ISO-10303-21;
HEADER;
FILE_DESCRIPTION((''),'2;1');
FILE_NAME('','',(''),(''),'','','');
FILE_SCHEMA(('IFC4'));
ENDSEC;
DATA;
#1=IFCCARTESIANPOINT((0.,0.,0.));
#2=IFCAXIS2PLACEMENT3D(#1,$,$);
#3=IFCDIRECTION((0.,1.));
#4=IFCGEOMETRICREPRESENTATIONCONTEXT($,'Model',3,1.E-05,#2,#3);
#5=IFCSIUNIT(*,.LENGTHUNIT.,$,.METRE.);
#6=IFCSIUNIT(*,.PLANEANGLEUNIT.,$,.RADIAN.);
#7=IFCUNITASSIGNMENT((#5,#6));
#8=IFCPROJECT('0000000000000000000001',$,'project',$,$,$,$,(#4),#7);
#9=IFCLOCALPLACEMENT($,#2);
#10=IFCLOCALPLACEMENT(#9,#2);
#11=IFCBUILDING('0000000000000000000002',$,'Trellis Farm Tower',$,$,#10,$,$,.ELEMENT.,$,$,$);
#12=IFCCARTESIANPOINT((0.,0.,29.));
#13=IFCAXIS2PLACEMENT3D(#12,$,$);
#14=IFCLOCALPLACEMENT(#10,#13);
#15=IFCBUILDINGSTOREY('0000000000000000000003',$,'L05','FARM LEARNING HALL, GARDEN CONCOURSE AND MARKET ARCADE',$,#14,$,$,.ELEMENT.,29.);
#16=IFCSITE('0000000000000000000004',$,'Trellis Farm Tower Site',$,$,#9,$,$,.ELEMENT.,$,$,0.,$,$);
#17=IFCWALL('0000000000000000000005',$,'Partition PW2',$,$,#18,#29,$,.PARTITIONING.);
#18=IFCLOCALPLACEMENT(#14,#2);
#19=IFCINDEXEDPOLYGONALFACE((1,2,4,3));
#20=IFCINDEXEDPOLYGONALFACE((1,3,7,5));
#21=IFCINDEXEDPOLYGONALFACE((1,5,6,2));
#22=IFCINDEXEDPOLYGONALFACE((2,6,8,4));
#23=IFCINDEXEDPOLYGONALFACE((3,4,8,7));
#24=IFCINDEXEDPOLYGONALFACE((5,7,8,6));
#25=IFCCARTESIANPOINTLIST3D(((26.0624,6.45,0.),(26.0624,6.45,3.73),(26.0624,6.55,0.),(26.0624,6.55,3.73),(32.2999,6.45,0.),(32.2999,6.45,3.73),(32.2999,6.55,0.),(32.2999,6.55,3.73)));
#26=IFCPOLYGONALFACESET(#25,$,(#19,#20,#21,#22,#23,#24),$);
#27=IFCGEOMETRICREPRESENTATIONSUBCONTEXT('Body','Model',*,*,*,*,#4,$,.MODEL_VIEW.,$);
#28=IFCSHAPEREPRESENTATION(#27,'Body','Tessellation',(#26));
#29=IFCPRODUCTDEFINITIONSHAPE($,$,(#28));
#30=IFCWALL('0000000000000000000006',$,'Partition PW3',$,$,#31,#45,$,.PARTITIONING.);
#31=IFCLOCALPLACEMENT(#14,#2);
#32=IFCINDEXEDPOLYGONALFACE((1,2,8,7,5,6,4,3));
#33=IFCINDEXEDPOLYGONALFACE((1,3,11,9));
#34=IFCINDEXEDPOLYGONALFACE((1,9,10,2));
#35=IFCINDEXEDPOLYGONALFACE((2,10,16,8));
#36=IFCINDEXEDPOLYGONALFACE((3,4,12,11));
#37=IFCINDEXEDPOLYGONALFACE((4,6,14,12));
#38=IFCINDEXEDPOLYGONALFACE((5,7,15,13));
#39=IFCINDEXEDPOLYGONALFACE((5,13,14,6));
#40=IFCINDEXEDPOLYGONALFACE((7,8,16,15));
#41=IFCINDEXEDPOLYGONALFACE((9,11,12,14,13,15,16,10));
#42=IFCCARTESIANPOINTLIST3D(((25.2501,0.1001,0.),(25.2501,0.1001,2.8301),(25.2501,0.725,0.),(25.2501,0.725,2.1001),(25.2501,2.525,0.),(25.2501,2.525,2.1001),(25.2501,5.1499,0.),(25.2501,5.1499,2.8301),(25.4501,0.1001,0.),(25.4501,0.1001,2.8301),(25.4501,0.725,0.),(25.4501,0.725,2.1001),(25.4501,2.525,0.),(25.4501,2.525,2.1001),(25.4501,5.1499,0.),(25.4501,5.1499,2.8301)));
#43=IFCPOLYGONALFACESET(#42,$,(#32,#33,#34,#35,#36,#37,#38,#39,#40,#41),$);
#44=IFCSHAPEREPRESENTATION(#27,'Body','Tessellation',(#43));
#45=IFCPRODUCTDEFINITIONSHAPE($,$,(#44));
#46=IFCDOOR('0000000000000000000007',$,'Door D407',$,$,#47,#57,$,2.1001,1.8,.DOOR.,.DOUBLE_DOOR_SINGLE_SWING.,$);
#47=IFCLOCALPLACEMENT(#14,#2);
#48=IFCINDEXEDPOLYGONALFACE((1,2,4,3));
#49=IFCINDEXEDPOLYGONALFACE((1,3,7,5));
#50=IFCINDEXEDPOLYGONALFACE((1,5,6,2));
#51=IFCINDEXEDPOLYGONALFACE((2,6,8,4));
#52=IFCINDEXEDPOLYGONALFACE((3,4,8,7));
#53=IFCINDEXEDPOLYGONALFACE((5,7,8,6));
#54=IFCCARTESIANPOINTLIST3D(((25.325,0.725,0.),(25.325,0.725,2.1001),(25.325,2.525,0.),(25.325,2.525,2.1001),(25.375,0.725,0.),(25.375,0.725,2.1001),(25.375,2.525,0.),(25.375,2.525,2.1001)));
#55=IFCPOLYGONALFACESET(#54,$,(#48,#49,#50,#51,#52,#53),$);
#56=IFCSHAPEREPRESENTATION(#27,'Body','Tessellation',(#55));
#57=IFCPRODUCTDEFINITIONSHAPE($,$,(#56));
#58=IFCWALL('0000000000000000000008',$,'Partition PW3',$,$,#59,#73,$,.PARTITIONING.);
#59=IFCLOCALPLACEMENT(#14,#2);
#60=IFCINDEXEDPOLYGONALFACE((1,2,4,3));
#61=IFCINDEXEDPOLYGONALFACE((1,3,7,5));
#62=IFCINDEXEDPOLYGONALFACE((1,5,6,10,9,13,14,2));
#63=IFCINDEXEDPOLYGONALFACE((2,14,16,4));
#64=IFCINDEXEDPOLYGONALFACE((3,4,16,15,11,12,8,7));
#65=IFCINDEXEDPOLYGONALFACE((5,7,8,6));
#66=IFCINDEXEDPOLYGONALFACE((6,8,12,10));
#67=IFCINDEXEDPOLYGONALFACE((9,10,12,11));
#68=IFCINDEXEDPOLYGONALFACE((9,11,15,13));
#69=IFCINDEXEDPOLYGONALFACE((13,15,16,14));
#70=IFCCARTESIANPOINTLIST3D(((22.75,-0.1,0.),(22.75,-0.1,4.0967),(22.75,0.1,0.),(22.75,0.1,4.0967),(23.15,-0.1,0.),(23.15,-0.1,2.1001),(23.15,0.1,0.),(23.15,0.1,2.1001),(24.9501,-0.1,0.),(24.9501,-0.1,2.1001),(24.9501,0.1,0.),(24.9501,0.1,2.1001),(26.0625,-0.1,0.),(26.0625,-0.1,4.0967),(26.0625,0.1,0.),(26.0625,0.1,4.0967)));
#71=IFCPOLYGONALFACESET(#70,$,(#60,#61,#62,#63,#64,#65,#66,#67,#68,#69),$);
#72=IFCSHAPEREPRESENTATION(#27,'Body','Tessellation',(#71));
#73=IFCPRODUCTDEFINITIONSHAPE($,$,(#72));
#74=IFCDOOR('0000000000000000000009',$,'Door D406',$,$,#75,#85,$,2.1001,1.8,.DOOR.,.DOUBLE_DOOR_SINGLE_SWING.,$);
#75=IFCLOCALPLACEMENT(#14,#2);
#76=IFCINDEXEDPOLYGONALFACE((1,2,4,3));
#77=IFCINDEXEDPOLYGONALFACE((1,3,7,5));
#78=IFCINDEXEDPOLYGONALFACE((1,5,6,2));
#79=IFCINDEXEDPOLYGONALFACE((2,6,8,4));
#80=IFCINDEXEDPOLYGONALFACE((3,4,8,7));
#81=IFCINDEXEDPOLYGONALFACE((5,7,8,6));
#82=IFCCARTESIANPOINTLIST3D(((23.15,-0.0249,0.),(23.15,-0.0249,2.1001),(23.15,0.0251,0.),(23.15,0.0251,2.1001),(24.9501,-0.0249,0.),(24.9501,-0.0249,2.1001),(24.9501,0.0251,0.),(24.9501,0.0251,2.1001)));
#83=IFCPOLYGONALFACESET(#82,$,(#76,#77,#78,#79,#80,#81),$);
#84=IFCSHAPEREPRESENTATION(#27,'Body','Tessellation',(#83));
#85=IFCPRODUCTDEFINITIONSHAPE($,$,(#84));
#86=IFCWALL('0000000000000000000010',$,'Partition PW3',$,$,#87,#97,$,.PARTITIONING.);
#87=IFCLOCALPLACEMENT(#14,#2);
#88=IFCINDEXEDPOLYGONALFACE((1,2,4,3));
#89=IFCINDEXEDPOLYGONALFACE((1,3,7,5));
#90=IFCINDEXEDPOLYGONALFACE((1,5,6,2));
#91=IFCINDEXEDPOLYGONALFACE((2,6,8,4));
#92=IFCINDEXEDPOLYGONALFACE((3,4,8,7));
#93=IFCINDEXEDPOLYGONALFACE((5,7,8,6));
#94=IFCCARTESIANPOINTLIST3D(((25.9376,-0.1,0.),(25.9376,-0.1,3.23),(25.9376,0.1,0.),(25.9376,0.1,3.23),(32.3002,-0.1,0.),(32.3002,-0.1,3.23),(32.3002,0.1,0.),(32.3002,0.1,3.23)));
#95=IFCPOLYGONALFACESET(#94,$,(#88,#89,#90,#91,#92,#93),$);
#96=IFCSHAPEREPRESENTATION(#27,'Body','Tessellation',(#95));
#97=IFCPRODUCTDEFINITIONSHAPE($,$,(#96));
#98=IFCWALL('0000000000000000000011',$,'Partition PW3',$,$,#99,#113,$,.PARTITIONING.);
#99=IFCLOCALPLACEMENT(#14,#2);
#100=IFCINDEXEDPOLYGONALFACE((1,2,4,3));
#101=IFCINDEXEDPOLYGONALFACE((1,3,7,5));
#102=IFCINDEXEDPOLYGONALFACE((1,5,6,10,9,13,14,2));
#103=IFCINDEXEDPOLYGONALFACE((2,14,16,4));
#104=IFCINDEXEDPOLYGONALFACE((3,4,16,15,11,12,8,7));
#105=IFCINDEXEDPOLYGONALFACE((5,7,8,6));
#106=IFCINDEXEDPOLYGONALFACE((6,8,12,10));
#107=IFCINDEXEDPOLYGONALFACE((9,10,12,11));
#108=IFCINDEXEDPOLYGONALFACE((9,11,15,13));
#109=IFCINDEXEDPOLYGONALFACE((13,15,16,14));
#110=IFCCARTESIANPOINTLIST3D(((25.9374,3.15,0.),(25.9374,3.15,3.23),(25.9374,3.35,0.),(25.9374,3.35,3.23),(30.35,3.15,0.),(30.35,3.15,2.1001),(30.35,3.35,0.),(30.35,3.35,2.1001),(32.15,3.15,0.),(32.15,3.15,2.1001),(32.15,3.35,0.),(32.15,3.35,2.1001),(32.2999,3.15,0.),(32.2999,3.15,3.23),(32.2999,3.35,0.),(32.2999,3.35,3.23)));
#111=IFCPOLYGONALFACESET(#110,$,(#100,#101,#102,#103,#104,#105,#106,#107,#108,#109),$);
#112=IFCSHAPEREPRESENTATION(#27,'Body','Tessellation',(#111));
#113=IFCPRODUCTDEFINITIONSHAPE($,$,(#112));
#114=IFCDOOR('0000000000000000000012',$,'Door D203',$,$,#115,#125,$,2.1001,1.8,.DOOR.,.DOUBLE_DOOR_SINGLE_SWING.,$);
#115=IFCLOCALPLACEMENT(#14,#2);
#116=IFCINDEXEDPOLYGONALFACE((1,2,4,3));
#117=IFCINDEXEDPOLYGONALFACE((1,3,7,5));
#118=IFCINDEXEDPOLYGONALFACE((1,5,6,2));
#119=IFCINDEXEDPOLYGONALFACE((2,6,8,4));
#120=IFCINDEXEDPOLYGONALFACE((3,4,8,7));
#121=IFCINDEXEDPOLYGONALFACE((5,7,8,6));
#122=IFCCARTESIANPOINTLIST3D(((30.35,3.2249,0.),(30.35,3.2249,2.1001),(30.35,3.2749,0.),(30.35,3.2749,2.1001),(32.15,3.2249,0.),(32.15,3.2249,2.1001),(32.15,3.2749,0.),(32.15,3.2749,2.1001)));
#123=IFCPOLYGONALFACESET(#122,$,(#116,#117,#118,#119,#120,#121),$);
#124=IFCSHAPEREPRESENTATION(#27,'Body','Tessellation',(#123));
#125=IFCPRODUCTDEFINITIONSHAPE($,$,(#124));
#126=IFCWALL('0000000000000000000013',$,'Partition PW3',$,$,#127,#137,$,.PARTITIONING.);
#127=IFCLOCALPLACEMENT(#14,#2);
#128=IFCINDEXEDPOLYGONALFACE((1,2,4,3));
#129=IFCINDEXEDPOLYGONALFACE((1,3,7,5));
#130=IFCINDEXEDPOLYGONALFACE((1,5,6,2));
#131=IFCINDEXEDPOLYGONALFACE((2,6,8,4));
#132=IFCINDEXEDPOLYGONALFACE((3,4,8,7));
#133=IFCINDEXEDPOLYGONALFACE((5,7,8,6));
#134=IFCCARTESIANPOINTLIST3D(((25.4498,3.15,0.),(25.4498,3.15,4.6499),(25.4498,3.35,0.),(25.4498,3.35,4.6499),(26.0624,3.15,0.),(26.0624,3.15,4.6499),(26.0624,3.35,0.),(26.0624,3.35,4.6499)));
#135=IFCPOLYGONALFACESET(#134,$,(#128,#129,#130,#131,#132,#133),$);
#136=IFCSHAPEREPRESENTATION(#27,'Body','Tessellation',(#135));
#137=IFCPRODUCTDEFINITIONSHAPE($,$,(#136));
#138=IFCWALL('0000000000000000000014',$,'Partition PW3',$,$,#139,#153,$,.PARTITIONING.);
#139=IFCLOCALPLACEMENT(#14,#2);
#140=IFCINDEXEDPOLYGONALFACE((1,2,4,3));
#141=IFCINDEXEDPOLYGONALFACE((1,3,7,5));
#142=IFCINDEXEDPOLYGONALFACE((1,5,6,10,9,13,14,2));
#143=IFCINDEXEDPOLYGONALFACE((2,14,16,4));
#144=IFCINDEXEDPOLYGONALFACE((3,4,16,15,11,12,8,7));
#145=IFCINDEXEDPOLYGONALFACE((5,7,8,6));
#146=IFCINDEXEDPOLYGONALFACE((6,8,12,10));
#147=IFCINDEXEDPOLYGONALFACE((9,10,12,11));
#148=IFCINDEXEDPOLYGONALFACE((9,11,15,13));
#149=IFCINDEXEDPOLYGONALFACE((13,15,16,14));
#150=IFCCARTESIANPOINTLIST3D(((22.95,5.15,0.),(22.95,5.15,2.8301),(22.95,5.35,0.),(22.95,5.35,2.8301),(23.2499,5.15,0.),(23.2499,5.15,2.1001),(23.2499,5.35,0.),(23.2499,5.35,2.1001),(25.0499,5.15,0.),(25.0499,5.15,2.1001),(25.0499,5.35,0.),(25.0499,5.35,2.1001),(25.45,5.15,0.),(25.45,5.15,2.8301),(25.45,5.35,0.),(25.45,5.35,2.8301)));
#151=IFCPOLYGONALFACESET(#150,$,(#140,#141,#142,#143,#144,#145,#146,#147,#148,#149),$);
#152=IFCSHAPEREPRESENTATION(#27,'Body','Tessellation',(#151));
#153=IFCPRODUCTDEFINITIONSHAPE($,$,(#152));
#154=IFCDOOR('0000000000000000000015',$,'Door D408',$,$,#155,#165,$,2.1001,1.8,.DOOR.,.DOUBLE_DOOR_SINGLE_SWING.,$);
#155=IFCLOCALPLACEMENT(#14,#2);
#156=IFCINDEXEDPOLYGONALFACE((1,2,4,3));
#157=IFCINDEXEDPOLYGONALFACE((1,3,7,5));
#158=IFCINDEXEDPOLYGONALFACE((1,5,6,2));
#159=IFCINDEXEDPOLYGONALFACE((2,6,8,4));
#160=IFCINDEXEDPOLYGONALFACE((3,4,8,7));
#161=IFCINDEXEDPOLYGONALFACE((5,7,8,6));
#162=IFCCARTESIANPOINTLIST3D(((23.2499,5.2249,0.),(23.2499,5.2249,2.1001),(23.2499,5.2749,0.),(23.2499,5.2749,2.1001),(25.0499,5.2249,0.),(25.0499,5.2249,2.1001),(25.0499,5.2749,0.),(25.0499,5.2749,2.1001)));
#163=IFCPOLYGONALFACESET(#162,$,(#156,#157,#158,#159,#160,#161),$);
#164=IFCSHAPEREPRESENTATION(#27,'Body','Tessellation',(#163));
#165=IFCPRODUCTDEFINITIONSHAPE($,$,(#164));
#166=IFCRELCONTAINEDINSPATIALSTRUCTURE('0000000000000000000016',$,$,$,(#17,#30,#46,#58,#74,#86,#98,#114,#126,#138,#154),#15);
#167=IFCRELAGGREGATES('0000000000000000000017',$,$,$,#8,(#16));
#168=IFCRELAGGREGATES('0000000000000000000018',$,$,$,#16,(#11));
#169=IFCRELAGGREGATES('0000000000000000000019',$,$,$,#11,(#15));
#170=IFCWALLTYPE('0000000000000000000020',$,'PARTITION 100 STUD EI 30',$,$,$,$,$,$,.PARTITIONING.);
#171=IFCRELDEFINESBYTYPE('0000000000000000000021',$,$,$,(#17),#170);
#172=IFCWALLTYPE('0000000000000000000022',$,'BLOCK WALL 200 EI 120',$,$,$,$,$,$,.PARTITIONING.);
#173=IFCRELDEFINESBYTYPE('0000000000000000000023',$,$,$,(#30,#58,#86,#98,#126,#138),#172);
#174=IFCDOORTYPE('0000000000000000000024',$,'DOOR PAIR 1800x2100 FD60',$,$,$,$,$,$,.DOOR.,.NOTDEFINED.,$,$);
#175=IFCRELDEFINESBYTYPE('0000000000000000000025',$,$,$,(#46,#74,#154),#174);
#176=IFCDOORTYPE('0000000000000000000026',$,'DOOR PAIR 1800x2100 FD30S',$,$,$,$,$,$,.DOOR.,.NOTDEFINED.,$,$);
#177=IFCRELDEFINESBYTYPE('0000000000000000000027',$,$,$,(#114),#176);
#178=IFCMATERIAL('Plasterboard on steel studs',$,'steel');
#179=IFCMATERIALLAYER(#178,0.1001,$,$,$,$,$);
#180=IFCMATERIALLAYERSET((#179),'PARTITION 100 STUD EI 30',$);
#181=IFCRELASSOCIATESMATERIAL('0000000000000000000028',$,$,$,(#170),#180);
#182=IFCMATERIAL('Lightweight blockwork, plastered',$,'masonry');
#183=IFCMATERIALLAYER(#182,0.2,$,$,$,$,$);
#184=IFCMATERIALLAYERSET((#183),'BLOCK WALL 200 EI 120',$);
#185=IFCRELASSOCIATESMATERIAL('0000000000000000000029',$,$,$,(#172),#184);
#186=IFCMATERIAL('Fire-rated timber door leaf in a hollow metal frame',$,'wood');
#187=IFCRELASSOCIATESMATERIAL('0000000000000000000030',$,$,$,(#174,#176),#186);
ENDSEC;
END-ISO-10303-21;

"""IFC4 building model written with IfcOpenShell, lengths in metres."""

from ifc_helpers import new_model, si_unit, direction, frame, frame_2d, origin, place, context, subcontext, project, spatial, rectangle, extrude, source, transform, mapped, material, layer, layer_set, type_object, element, fill, save


model = new_model("IFC4")

# Units and contexts
model_context = context("Model", 3, precision=1e-05, world=origin(), true_north=direction((0.0, 1.0)))
body_context = subcontext(model_context, "Body", "Model", "MODEL_VIEW")
ifc_project = project(units=[si_unit("LENGTHUNIT", "METRE"), si_unit("PLANEANGLEUNIT", "RADIAN")], contexts=[model_context])

# Site, building, storey
site_placement = place(None, origin())
site = spatial("IfcSite", under=ifc_project, at=site_placement, Name="Trellis Farm Tower Site", CompositionType="ELEMENT", RefElevation=0.0)
building_placement = place(site_placement, origin())
building = spatial("IfcBuilding", under=site, at=building_placement, Name="Trellis Farm Tower", CompositionType="ELEMENT")
storey_placement = place(building_placement, frame((0.0, 0.0, 29.0)))
storey = spatial("IfcBuildingStorey", under=building, at=storey_placement, Name="L05", Description="FARM LEARNING HALL, GARDEN CONCOURSE AND MARKET ARCADE", CompositionType="ELEMENT", Elevation=29.0)

# Wall
ifc_material_1 = material(Name="Plasterboard on steel studs", Category="steel")
ifc_layer_1 = layer(ifc_material_1, 0.1001)
ifc_layer_set_1 = layer_set([ifc_layer_1], Name="PARTITION 100 STUD EI 30")
wall_type_1 = type_object("IfcWallType", Name="PARTITION 100 STUD EI 30", PredefinedType="PARTITIONING", material=ifc_layer_set_1)
shared_shape_1 = source(origin(), body_context, "Body", "SweptSolid", [
    extrude(rectangle(XDim=6.2375, YDim=0.1001, at=frame_2d((3.1187, 0.0))), origin(), (0.0, 0.0, 1.0), 3.73),
])
wall_1_placement = place(storey_placement, frame((26.0625, 6.5, 0.0), z_axis=(0.0, 0.0, 1.0), x_axis=(1.0, 0.0, 0.0)))
element("IfcWall", 1, at=wall_1_placement, inside=storey, type_object=wall_type_1, Name="Partition PW2", PredefinedType="PARTITIONING", context=body_context, shape_type="MappedRepresentation", body=[
    mapped(shared_shape_1, transform((0.0, 0.0, 0.0))),
])

# Walls, openings, doors
ifc_material_2 = material(Name="Lightweight blockwork, plastered", Category="masonry")
ifc_layer_2 = layer(ifc_material_2, 0.2)
ifc_layer_set_2 = layer_set([ifc_layer_2], Name="BLOCK WALL 200 EI 120")
wall_type_2 = type_object("IfcWallType", Name="BLOCK WALL 200 EI 120", PredefinedType="PARTITIONING", material=ifc_layer_set_2)
shared_shape_2 = source(origin(), body_context, "Body", "SweptSolid", [
    extrude(rectangle(XDim=5.0498, YDim=0.2, at=frame_2d((2.5249, 0.0))), origin(), (0.0, 0.0, 1.0), 2.8301),
])
wall_2_placement = place(storey_placement, frame((25.3501, 5.1499, 0.0), z_axis=(0.0, 0.0, 1.0), x_axis=(0.0, -1.0, 0.0)))
wall_2 = element("IfcWall", 2, at=wall_2_placement, inside=storey, type_object=wall_type_2, Name="Partition PW3", PredefinedType="PARTITIONING", context=body_context, shape_type="MappedRepresentation", body=[
    mapped(shared_shape_2, transform((0.0, 0.0, 0.0))),
])
shared_shape_3 = source(origin(), body_context, "Body", "SweptSolid", [
    extrude(rectangle(XDim=1.8, YDim=2.1001, at=frame_2d((0.8999, 1.05))), frame((0.0, 0.1101, 0.0), z_axis=(0.0, -1.0, 0.0), x_axis=(1.0, 0.0, 0.0)), (0.0, 0.0, 1.0), 0.2202),
])
opening_1_placement = place(wall_2_placement, frame((2.625, 0.0, 0.0)))
opening_1 = element("IfcOpeningElement", 3, at=opening_1_placement, cuts=wall_2, PredefinedType="OPENING", context=body_context, shape_type="MappedRepresentation", body=[
    mapped(shared_shape_3, transform((0.0, 0.0, 0.0))),
])
ifc_material_3 = material(Name="Fire-rated timber door leaf in a hollow metal frame", Category="wood")
door_type_1 = type_object("IfcDoorType", Name="DOOR PAIR 1800x2100 FD60", OperationType="NOTDEFINED", PredefinedType="DOOR", material=ifc_material_3)
shared_shape_4 = source(origin(), body_context, "Body", "SweptSolid", [
    extrude(rectangle(XDim=1.8, YDim=2.1001, at=frame_2d((0.8999, 1.05))), frame((0.0, 0.0249, 0.0), z_axis=(0.0, -1.0, 0.0), x_axis=(1.0, 0.0, 0.0)), (0.0, 0.0, 1.0), 0.05),
])
door_1_placement = place(opening_1_placement, origin())
door_1 = element("IfcDoor", 4, at=door_1_placement, inside=storey, type_object=door_type_1, Name="Door D407", OperationType="DOUBLE_DOOR_SINGLE_SWING", OverallHeight=2.1001, OverallWidth=1.8, PredefinedType="DOOR", context=body_context, shape_type="MappedRepresentation", body=[
    mapped(shared_shape_4, transform((0.0, 0.0, 0.0))),
])
fill(opening_1, door_1)
shared_shape_5 = source(origin(), body_context, "Body", "SweptSolid", [
    extrude(rectangle(XDim=3.3125, YDim=0.2, at=frame_2d((1.6562, 0.0))), origin(), (0.0, 0.0, 1.0), 4.0967),
])
wall_3_placement = place(storey_placement, frame((26.0625, 0.0, 0.0), z_axis=(0.0, 0.0, 1.0), x_axis=(-1.0, 0.0, 0.0)))
wall_3 = element("IfcWall", 5, at=wall_3_placement, inside=storey, type_object=wall_type_2, Name="Partition PW3", PredefinedType="PARTITIONING", context=body_context, shape_type="MappedRepresentation", body=[
    mapped(shared_shape_5, transform((0.0, 0.0, 0.0))),
])
opening_2_placement = place(wall_3_placement, frame((1.1125, 0.0, 0.0)))
opening_2 = element("IfcOpeningElement", 6, at=opening_2_placement, cuts=wall_3, PredefinedType="OPENING", context=body_context, shape_type="MappedRepresentation", body=[
    mapped(shared_shape_3, transform((0.0, 0.0, 0.0))),
])
door_2_placement = place(opening_2_placement, origin())
door_2 = element("IfcDoor", 7, at=door_2_placement, inside=storey, type_object=door_type_1, Name="Door D406", OperationType="DOUBLE_DOOR_SINGLE_SWING", OverallHeight=2.1001, OverallWidth=1.8, PredefinedType="DOOR", context=body_context, shape_type="MappedRepresentation", body=[
    mapped(shared_shape_4, transform((0.0, 0.0, 0.0))),
])
fill(opening_2, door_2)

# Wall
shared_shape_6 = source(origin(), body_context, "Body", "SweptSolid", [
    extrude(rectangle(XDim=6.3625, YDim=0.2, at=frame_2d((3.1812, 0.0))), origin(), (0.0, 0.0, 1.0), 3.23),
])
wall_4_placement = place(storey_placement, frame((32.3, 0.0, 0.0), z_axis=(0.0, 0.0, 1.0), x_axis=(-1.0, 0.0, 0.0)))
element("IfcWall", 8, at=wall_4_placement, inside=storey, type_object=wall_type_2, Name="Partition PW3", PredefinedType="PARTITIONING", context=body_context, shape_type="MappedRepresentation", body=[
    mapped(shared_shape_6, transform((0.0, 0.0, 0.0))),
])

# Wall, opening, door
wall_5_placement = place(storey_placement, frame((25.9375, 3.25, 0.0), z_axis=(0.0, 0.0, 1.0), x_axis=(1.0, 0.0, 0.0)))
wall_5 = element("IfcWall", 9, at=wall_5_placement, inside=storey, type_object=wall_type_2, Name="Partition PW3", PredefinedType="PARTITIONING", context=body_context, shape_type="MappedRepresentation", body=[
    mapped(shared_shape_6, transform((0.0, 0.0, 0.0))),
])
opening_3_placement = place(wall_5_placement, frame((4.4126, 0.0, 0.0)))
opening_3 = element("IfcOpeningElement", 10, at=opening_3_placement, cuts=wall_5, PredefinedType="OPENING", context=body_context, shape_type="MappedRepresentation", body=[
    mapped(shared_shape_3, transform((0.0, 0.0, 0.0))),
])
door_type_2 = type_object("IfcDoorType", Name="DOOR PAIR 1800x2100 FD30S", OperationType="NOTDEFINED", PredefinedType="DOOR", material=ifc_material_3)
door_3_placement = place(opening_3_placement, origin())
door_3 = element("IfcDoor", 11, at=door_3_placement, inside=storey, type_object=door_type_2, Name="Door D203", OperationType="DOUBLE_DOOR_SINGLE_SWING", OverallHeight=2.1001, OverallWidth=1.8, PredefinedType="DOOR", context=body_context, shape_type="MappedRepresentation", body=[
    mapped(shared_shape_4, transform((0.0, 0.0, 0.0))),
])
fill(opening_3, door_3)

# Wall
shared_shape_7 = source(origin(), body_context, "Body", "SweptSolid", [
    extrude(rectangle(XDim=0.6125, YDim=0.2, at=frame_2d((0.3062, 0.0))), origin(), (0.0, 0.0, 1.0), 4.6499),
])
wall_6_placement = place(storey_placement, frame((25.45, 3.25, 0.0), z_axis=(0.0, 0.0, 1.0), x_axis=(1.0, 0.0, 0.0)))
element("IfcWall", 12, at=wall_6_placement, inside=storey, type_object=wall_type_2, Name="Partition PW3", PredefinedType="PARTITIONING", context=body_context, shape_type="MappedRepresentation", body=[
    mapped(shared_shape_7, transform((0.0, 0.0, 0.0))),
])

# Wall, opening, door
shared_shape_8 = source(origin(), body_context, "Body", "SweptSolid", [
    extrude(rectangle(XDim=2.5, YDim=0.2, at=frame_2d((1.25, 0.0))), origin(), (0.0, 0.0, 1.0), 2.8301),
])
wall_7_placement = place(storey_placement, frame((22.95, 5.25, 0.0), z_axis=(0.0, 0.0, 1.0), x_axis=(1.0, 0.0, 0.0)))
wall_7 = element("IfcWall", 13, at=wall_7_placement, inside=storey, type_object=wall_type_2, Name="Partition PW3", PredefinedType="PARTITIONING", context=body_context, shape_type="MappedRepresentation", body=[
    mapped(shared_shape_8, transform((0.0, 0.0, 0.0))),
])
opening_4_placement = place(wall_7_placement, frame((0.3, 0.0, 0.0)))
opening_4 = element("IfcOpeningElement", 14, at=opening_4_placement, cuts=wall_7, PredefinedType="OPENING", context=body_context, shape_type="MappedRepresentation", body=[
    mapped(shared_shape_3, transform((0.0, 0.0, 0.0))),
])
door_4_placement = place(opening_4_placement, origin())
door_4 = element("IfcDoor", 15, at=door_4_placement, inside=storey, type_object=door_type_1, Name="Door D408", OperationType="DOUBLE_DOOR_SINGLE_SWING", OverallHeight=2.1001, OverallWidth=1.8, PredefinedType="DOOR", context=body_context, shape_type="MappedRepresentation", body=[
    mapped(shared_shape_4, transform((0.0, 0.0, 0.0))),
])
fill(opening_4, door_4)

save(model, "model.ifc")
